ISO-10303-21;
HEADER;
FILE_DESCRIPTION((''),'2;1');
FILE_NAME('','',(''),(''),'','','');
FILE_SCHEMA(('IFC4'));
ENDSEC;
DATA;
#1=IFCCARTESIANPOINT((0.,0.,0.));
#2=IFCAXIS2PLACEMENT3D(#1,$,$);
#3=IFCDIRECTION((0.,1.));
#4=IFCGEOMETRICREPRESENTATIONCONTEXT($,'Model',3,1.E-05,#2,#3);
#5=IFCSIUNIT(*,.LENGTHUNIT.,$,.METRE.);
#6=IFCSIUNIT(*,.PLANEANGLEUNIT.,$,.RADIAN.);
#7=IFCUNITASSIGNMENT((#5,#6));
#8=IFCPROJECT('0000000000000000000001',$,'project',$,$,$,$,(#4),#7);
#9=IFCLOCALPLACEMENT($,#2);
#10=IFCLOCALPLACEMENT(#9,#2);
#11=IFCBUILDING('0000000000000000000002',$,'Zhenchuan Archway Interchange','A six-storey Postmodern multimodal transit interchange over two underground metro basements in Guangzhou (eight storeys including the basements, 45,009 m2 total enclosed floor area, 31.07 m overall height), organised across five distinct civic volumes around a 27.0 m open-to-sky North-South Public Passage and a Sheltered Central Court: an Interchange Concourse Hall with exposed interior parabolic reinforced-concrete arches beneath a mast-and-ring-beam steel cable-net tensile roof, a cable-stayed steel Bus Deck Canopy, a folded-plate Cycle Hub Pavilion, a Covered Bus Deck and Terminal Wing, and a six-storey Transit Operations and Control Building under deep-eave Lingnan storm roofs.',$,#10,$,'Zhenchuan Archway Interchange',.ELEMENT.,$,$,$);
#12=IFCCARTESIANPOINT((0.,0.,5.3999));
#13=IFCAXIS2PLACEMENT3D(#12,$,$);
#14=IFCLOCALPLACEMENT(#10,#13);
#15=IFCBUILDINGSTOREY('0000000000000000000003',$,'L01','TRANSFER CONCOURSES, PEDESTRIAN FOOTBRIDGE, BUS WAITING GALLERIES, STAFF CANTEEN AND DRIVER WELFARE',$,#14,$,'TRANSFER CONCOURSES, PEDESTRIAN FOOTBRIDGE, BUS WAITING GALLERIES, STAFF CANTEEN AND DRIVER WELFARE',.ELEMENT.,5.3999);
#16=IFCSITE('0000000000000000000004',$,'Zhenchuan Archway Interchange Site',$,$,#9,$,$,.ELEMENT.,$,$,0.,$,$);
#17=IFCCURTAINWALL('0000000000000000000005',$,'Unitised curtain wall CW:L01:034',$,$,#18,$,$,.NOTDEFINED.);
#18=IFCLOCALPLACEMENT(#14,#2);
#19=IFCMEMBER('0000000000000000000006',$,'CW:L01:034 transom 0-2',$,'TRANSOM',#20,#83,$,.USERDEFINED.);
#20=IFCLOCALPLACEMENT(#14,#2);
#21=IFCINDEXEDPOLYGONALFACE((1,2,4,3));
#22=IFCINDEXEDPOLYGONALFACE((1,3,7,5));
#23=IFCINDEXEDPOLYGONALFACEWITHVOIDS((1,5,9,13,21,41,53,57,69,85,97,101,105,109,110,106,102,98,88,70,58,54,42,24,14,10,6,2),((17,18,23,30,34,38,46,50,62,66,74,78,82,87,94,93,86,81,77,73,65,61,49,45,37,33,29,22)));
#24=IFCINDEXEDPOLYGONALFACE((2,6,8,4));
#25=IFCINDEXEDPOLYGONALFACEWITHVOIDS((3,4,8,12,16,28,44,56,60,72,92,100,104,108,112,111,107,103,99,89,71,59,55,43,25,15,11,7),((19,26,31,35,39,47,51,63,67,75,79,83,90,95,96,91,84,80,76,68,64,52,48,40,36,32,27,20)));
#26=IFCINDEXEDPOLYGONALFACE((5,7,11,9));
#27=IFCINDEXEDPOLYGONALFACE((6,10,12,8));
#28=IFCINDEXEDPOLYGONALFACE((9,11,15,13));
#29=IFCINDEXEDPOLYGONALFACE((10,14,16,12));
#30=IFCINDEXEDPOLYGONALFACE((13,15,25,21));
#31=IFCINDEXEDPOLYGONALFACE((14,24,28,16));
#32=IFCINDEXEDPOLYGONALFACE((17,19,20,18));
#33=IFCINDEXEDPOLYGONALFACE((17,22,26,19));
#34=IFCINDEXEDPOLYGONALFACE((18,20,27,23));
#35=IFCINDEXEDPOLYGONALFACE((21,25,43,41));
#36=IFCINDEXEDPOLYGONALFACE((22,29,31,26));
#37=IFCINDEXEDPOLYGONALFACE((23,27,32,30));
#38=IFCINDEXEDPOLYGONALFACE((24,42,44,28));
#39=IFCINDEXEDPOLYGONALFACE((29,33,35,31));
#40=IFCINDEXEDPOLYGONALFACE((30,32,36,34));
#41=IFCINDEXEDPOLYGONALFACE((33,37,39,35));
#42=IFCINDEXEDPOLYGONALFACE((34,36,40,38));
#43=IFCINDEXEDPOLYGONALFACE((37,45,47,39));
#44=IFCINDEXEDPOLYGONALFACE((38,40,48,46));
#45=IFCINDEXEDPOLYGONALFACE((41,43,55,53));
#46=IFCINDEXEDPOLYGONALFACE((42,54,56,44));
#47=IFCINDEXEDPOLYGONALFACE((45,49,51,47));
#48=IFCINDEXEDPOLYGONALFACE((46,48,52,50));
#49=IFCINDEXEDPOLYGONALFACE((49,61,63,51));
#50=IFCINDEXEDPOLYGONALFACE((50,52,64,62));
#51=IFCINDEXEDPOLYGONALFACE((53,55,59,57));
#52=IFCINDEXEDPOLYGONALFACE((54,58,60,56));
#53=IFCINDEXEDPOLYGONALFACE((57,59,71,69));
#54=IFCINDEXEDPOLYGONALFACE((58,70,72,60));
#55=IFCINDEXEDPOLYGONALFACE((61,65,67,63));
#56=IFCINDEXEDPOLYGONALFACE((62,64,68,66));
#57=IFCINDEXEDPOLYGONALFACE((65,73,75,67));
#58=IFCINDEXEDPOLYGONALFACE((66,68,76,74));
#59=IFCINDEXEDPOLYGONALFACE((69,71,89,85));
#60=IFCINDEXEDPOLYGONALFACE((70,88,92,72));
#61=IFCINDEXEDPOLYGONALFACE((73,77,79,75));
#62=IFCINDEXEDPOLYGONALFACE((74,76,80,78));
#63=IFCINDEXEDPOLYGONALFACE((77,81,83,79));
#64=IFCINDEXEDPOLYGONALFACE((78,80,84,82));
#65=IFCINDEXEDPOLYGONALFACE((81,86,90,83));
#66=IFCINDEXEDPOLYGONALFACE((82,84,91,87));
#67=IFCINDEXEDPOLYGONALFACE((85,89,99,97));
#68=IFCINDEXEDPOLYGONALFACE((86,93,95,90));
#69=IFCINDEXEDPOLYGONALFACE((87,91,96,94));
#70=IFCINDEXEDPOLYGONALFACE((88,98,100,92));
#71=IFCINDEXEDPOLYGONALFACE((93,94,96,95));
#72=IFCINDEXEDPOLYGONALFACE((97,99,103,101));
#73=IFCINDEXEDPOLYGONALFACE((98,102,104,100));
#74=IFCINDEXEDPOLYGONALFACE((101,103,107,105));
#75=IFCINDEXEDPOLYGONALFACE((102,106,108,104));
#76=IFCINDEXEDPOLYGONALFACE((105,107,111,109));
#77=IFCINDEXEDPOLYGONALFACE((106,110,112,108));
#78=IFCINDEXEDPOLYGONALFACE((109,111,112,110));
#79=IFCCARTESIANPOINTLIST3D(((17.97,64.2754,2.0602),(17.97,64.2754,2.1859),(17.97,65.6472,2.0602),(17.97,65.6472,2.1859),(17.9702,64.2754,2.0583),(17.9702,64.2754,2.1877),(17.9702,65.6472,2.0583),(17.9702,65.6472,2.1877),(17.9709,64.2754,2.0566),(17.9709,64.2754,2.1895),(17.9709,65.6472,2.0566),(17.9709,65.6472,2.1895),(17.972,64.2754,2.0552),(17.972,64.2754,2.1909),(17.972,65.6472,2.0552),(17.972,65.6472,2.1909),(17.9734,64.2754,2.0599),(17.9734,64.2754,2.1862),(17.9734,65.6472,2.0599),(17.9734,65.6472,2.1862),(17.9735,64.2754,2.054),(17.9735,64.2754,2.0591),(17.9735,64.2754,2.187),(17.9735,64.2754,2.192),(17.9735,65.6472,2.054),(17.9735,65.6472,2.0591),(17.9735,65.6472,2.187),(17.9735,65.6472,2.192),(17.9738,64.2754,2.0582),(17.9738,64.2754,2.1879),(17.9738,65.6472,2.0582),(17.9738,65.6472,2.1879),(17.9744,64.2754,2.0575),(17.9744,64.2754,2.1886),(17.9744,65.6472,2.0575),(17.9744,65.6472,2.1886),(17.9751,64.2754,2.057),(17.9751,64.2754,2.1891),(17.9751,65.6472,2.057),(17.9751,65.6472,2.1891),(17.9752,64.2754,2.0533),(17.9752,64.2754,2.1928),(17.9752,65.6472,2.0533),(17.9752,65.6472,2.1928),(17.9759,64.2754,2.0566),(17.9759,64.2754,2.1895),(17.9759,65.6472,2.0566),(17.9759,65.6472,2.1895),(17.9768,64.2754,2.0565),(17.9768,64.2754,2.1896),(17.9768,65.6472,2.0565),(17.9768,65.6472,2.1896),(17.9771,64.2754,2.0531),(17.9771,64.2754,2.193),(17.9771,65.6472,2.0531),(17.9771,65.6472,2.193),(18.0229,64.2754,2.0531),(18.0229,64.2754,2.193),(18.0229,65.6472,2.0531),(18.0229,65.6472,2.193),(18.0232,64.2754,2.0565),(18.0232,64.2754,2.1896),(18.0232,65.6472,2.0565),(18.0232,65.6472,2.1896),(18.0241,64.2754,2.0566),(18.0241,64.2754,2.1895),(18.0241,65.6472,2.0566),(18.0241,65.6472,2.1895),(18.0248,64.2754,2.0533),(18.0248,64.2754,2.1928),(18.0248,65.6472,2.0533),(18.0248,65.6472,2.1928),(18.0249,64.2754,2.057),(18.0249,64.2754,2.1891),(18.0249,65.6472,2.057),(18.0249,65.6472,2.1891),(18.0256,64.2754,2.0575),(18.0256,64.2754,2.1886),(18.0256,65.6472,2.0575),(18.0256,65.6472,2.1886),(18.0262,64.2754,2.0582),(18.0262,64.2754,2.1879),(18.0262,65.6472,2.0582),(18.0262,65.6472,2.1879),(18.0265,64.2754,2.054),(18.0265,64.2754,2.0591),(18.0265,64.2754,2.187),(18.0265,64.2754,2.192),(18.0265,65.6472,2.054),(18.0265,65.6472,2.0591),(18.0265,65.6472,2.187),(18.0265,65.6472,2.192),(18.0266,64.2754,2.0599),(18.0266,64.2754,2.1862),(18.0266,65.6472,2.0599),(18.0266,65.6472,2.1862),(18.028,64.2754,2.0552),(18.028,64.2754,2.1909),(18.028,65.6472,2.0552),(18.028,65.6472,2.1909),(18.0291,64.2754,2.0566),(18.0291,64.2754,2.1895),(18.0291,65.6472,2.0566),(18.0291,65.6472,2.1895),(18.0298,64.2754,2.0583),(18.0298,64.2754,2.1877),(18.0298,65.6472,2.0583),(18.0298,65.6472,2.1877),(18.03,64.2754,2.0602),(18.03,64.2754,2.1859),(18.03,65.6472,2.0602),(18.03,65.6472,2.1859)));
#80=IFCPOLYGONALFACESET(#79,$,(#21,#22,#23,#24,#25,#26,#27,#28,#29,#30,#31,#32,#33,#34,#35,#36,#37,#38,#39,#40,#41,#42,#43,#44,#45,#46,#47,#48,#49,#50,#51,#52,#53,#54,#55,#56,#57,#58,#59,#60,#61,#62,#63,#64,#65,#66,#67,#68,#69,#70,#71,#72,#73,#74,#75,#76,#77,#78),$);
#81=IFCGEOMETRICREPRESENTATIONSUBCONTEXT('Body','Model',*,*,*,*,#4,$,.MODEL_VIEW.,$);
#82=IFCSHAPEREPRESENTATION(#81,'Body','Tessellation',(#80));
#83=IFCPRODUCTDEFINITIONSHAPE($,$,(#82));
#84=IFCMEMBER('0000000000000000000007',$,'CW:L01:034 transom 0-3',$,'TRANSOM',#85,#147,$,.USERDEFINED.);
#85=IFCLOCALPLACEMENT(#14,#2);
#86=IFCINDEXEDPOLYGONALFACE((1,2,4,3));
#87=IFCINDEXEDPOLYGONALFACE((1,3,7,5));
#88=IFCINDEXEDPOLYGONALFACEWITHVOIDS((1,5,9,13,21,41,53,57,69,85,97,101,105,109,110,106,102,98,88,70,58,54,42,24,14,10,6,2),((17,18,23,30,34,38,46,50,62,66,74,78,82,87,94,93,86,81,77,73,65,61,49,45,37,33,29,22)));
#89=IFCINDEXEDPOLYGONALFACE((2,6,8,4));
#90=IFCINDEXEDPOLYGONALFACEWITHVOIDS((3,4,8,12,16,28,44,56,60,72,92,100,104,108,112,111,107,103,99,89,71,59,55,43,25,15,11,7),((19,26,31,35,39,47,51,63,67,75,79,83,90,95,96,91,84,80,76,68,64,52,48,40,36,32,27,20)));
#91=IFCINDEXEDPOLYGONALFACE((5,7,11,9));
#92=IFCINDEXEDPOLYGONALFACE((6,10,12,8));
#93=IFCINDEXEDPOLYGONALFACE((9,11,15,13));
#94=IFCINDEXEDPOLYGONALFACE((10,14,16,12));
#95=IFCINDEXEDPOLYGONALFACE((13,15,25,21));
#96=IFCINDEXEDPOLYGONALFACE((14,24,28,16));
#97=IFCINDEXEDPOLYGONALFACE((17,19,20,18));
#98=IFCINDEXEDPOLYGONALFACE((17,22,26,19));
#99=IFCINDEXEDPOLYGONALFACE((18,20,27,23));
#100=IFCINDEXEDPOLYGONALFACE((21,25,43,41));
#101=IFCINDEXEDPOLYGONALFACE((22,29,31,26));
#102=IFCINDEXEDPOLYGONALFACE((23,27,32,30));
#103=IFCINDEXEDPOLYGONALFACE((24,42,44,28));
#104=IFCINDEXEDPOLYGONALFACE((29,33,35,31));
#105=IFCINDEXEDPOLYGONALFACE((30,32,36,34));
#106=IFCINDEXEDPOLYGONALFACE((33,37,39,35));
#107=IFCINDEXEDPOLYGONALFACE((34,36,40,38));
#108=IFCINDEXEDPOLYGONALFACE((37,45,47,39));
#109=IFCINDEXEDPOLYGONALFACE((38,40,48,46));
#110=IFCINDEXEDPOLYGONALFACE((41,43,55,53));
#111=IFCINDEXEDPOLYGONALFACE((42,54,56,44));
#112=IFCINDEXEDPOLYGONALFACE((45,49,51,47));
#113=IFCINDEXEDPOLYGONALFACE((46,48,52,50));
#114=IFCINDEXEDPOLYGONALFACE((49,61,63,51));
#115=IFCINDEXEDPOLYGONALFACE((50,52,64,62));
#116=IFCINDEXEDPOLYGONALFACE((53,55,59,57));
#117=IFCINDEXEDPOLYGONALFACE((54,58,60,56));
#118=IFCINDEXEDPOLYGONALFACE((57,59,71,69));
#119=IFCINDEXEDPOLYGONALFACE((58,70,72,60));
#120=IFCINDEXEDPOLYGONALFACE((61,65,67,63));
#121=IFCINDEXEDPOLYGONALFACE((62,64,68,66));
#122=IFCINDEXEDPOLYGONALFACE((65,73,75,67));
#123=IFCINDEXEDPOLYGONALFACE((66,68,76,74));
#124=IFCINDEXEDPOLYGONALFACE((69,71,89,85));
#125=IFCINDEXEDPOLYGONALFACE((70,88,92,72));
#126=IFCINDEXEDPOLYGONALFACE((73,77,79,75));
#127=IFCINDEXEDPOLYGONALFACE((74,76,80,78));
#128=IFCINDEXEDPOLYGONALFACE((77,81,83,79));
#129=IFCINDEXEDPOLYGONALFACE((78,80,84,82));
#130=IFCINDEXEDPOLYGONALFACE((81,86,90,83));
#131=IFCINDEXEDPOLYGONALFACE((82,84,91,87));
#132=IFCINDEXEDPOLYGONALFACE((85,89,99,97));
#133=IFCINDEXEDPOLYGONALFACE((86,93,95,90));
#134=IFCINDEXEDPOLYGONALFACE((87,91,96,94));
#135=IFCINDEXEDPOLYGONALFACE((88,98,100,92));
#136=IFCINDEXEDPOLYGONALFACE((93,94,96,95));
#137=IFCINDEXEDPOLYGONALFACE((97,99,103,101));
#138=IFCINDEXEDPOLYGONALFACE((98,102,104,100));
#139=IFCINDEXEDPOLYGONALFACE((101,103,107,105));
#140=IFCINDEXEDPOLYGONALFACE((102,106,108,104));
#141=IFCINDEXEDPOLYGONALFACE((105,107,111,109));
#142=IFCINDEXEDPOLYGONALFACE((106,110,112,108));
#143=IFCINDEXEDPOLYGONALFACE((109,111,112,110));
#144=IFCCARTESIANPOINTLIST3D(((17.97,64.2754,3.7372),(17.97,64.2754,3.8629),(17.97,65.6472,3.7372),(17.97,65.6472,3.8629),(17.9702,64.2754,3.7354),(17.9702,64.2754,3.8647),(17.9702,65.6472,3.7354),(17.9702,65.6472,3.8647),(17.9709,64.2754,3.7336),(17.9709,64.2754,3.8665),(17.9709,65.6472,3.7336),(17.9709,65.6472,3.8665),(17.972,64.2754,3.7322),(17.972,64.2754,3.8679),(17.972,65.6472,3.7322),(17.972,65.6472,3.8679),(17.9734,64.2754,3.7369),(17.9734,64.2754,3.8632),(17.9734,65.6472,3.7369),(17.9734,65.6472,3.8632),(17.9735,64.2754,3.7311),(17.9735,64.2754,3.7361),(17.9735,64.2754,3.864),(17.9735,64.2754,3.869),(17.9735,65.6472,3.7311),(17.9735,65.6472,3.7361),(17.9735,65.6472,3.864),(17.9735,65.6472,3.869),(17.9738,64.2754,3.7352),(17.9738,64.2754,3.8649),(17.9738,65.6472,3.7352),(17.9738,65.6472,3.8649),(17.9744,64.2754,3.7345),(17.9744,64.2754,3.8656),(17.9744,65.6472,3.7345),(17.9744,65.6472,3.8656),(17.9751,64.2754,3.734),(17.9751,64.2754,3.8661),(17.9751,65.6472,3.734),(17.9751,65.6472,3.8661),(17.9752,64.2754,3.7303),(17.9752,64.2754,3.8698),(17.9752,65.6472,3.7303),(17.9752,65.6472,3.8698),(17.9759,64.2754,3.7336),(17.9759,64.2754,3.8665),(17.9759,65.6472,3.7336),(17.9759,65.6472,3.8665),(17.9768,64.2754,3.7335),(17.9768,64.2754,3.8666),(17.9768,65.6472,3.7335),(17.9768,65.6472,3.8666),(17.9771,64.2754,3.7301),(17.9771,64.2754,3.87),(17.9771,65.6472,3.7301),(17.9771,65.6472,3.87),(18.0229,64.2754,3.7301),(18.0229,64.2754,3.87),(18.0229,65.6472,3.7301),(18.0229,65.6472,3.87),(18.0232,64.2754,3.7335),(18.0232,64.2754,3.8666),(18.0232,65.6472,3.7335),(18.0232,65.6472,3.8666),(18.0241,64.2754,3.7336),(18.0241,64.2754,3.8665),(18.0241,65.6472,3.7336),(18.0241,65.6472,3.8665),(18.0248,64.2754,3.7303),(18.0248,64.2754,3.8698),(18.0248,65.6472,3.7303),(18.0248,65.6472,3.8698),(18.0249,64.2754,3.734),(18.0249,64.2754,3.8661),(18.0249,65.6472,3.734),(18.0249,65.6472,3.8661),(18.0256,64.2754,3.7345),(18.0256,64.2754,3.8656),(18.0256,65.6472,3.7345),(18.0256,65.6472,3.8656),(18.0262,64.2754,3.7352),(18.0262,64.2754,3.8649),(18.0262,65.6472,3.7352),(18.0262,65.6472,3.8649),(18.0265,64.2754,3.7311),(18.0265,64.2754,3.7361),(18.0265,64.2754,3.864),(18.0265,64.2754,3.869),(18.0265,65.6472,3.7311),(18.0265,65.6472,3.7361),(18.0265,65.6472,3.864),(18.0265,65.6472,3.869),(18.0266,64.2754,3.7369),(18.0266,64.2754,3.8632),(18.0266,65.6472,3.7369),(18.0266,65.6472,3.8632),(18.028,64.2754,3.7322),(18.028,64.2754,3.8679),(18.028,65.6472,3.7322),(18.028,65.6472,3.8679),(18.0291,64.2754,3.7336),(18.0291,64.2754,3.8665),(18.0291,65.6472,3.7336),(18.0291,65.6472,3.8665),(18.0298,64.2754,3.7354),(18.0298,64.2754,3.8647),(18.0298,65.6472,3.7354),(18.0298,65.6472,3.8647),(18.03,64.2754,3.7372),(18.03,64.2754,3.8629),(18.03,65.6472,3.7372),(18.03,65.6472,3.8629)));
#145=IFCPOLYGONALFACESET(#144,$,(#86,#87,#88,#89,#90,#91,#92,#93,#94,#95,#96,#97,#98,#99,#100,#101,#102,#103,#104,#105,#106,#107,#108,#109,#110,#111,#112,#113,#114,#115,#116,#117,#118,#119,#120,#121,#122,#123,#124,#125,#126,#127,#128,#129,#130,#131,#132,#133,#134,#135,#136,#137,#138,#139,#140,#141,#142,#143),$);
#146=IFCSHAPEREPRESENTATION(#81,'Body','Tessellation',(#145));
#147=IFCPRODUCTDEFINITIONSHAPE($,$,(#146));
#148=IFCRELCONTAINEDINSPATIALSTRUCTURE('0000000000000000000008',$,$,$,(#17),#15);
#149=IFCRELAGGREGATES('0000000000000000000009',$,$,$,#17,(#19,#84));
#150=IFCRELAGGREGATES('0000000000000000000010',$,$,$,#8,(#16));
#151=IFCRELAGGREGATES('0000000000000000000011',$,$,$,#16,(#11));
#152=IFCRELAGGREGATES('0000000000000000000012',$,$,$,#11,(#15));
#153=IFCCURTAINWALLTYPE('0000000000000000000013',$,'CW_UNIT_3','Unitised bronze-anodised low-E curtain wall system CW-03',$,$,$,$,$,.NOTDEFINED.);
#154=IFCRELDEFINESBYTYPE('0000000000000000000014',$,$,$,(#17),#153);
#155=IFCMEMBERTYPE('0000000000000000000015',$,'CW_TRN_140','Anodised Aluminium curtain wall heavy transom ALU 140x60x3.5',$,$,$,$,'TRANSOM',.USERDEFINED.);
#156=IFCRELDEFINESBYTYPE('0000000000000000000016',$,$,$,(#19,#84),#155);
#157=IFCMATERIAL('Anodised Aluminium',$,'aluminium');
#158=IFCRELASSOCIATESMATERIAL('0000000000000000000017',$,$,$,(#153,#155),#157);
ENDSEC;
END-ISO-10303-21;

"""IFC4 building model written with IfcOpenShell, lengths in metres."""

from ifc_helpers import new_model, si_unit, direction, frame, origin, origin_2d, place, context, subcontext, project, spatial, hollow_rectangle, extrude, material, material_profile, profile_set, type_object, element, aggregate, save


model = new_model("IFC4")

# Units and contexts
model_context = context("Model", 3, precision=1e-05, world=origin(), true_north=direction((0.0, 1.0)))
body_context = subcontext(model_context, "Body", "Model", "MODEL_VIEW")
ifc_project = project(units=[si_unit("LENGTHUNIT", "METRE"), si_unit("PLANEANGLEUNIT", "RADIAN")], contexts=[model_context])

# Site, building, storey
site_placement = place(None, origin())
site = spatial("IfcSite", under=ifc_project, at=site_placement, Name="Zhenchuan Archway Interchange Site", CompositionType="ELEMENT", RefElevation=0.0)
building_placement = place(site_placement, origin())
building = spatial("IfcBuilding", under=site, at=building_placement, Name="Zhenchuan Archway Interchange", Description="A six-storey Postmodern multimodal transit interchange over two underground metro basements in Guangzhou (eight storeys including the basements, 45,009 m2 total enclosed floor area, 31.07 m overall height), organised across five distinct civic volumes around a 27.0 m open-to-sky North-South Public Passage and a Sheltered Central Court: an Interchange Concourse Hall with exposed interior parabolic reinforced-concrete arches beneath a mast-and-ring-beam steel cable-net tensile roof, a cable-stayed steel Bus Deck Canopy, a folded-plate Cycle Hub Pavilion, a Covered Bus Deck and Terminal Wing, and a six-storey Transit Operations and Control Building under deep-eave Lingnan storm roofs.", LongName="Zhenchuan Archway Interchange", CompositionType="ELEMENT")
storey_placement = place(building_placement, frame((0.0, 0.0, 5.3999)))
storey = spatial("IfcBuildingStorey", under=building, at=storey_placement, Name="L01", Description="TRANSFER CONCOURSES, PEDESTRIAN FOOTBRIDGE, BUS WAITING GALLERIES, STAFF CANTEEN AND DRIVER WELFARE", LongName="TRANSFER CONCOURSES, PEDESTRIAN FOOTBRIDGE, BUS WAITING GALLERIES, STAFF CANTEEN AND DRIVER WELFARE", CompositionType="ELEMENT", Elevation=5.3999)

# Curtain wall
ifc_material_1 = material(Name="Anodised Aluminium", Category="aluminium")
curtain_wall_type_1 = type_object("IfcCurtainWallType", Name="CW_UNIT_3", Description="Unitised bronze-anodised low-E curtain wall system CW-03", PredefinedType="NOTDEFINED", material=ifc_material_1)
curtain_wall_1_placement = place(storey_placement, origin())
curtain_wall_1 = element("IfcCurtainWall", 1, at=curtain_wall_1_placement, inside=storey, type_object=curtain_wall_type_1, Name="Unitised curtain wall CW:L01:034", PredefinedType="NOTDEFINED")

# Members
ifc_material_profile_1 = material_profile(ifc_material_1, hollow_rectangle(XDim=0.0601, YDim=0.1399, WallThickness=0.0034, InnerFilletRadius=0.0034, OuterFilletRadius=0.0071, at=origin_2d()), Name="ALU 140x60x3.5")
ifc_profile_set_1 = profile_set([ifc_material_profile_1], Name="Anodised Aluminium")
member_type_1 = type_object("IfcMemberType", Name="CW_TRN_140", Description="Anodised Aluminium curtain wall heavy transom ALU 140x60x3.5", ElementType="TRANSOM", PredefinedType="USERDEFINED", material=ifc_profile_set_1)
member_1_placement = place(storey_placement, frame((18.0, 64.2754, 2.123), z_axis=(0.0, 1.0, 0.0), x_axis=(-1.0, 0.0, 0.0)))
member_1 = element("IfcMember", 2, at=member_1_placement, type_object=member_type_1, Name="CW:L01:034 transom 0-2", ObjectType="TRANSOM", PredefinedType="USERDEFINED", context=body_context, shape_type="SweptSolid", body=[
    extrude(hollow_rectangle(XDim=0.0601, YDim=0.1399, WallThickness=0.0034, InnerFilletRadius=0.0034, OuterFilletRadius=0.0071, at=origin_2d()), origin(), (0.0, 0.0, 1.0), 1.3718),
])
member_2_placement = place(storey_placement, frame((18.0, 64.2754, 3.8), z_axis=(0.0, 1.0, 0.0), x_axis=(-1.0, 0.0, 0.0)))
member_2 = element("IfcMember", 3, at=member_2_placement, type_object=member_type_1, Name="CW:L01:034 transom 0-3", ObjectType="TRANSOM", PredefinedType="USERDEFINED", context=body_context, shape_type="SweptSolid", body=[
    extrude(hollow_rectangle(XDim=0.0601, YDim=0.1399, WallThickness=0.0034, InnerFilletRadius=0.0034, OuterFilletRadius=0.0071, at=origin_2d()), origin(), (0.0, 0.0, 1.0), 1.3718),
])

aggregate(curtain_wall_1, [member_1, member_2])

save(model, "model.ifc")
